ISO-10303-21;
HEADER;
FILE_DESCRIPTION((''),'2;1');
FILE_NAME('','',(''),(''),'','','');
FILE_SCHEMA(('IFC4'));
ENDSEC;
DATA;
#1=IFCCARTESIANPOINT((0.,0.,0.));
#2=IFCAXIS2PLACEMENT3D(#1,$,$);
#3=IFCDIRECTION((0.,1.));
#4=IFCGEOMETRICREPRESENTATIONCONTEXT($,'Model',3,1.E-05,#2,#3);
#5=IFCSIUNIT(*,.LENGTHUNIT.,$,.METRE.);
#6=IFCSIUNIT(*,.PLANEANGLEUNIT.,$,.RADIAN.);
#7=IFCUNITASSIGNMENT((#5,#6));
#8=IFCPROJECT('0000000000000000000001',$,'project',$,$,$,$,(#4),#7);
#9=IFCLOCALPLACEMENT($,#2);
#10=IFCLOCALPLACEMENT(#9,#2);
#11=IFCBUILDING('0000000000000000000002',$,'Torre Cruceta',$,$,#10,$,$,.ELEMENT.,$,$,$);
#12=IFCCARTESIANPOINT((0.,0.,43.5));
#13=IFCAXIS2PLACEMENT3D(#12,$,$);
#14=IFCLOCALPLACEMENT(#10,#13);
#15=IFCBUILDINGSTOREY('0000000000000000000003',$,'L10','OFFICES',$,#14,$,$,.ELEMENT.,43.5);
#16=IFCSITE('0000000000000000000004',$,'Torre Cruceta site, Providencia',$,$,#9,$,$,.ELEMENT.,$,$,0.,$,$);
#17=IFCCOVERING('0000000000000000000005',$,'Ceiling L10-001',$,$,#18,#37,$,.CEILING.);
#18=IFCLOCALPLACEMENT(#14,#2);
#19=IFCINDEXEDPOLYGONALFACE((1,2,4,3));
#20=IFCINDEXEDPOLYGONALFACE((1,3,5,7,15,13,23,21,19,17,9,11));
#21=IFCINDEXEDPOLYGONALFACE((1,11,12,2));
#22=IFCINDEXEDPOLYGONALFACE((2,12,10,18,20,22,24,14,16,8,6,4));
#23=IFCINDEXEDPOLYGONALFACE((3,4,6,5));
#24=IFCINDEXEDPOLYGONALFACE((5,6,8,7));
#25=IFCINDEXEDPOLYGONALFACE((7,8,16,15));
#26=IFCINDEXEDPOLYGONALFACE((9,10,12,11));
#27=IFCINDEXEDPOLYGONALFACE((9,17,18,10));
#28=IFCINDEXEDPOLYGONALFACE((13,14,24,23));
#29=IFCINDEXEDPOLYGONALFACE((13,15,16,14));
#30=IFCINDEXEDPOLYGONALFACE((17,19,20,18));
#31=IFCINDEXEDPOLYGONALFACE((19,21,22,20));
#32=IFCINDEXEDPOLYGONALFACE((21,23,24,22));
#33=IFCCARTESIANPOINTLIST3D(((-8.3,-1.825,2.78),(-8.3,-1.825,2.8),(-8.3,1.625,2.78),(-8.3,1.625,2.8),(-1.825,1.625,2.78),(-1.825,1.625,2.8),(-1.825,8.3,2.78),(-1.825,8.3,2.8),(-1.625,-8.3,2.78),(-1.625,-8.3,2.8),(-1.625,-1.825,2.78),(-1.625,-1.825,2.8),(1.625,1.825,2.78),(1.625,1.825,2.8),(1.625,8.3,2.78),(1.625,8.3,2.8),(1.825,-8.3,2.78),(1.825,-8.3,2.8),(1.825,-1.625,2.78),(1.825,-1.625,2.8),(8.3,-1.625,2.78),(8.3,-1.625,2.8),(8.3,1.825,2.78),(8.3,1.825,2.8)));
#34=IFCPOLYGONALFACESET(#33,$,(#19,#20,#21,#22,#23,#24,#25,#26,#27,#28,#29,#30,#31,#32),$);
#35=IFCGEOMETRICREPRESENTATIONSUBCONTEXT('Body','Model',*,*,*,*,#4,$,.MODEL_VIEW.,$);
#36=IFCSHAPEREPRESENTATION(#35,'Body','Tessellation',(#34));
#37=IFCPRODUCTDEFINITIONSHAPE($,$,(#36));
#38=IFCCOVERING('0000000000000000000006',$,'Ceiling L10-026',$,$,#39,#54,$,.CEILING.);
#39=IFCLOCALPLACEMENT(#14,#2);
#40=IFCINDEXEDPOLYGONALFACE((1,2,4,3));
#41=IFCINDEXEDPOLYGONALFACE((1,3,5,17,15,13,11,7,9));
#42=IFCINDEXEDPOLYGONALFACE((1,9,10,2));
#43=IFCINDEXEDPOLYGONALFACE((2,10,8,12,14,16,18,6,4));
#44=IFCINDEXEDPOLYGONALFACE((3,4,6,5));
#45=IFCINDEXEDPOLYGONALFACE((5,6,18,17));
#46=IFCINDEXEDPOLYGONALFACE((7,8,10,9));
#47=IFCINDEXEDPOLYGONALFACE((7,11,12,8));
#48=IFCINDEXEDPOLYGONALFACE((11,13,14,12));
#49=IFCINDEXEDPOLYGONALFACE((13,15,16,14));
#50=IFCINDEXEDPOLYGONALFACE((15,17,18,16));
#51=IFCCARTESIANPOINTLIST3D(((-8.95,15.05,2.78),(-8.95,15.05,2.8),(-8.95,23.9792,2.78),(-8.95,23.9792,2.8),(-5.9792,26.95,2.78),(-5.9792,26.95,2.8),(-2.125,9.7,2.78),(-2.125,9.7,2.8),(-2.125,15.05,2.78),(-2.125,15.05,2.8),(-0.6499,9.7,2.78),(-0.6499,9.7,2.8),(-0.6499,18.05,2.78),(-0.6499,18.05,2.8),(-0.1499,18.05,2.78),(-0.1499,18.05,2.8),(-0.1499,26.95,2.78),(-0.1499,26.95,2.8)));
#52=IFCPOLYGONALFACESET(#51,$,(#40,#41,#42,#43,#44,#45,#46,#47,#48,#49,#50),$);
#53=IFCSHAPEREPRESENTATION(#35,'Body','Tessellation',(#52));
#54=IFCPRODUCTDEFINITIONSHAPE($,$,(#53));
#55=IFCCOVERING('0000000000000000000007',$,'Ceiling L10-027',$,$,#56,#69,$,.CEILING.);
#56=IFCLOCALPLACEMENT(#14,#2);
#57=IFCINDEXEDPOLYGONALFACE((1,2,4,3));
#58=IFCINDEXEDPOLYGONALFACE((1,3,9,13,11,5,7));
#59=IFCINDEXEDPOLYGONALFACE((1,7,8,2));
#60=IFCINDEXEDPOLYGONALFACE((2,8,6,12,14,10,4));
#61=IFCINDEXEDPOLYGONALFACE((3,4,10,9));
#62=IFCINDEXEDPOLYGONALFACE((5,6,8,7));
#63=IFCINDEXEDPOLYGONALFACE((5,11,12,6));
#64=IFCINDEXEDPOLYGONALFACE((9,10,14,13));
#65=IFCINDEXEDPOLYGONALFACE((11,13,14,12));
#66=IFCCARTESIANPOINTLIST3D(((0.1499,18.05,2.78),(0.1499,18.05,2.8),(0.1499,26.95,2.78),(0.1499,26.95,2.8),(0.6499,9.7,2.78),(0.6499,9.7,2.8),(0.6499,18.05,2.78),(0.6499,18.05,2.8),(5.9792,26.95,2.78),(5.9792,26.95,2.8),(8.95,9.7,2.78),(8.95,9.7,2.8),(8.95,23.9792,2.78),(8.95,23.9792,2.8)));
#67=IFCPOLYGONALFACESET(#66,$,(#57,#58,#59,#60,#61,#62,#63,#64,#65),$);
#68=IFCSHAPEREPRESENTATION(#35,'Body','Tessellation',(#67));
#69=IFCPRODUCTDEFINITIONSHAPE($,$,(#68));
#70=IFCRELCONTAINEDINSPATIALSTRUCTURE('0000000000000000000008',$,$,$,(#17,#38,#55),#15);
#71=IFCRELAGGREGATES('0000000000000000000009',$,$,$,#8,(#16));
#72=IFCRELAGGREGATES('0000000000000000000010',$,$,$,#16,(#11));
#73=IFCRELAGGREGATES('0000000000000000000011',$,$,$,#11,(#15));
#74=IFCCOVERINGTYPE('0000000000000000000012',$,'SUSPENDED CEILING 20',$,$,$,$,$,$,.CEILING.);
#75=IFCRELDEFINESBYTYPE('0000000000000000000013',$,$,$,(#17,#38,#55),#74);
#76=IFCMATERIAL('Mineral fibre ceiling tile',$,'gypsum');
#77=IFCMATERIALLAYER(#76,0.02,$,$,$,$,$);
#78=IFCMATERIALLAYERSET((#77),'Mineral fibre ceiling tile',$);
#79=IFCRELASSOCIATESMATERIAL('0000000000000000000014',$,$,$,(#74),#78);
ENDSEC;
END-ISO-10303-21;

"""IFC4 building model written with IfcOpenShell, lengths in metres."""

from ifc_helpers import new_model, si_unit, direction, frame, origin, place, context, subcontext, project, spatial, polyline, outline, extrude, material, layer, layer_set, type_object, element, save


model = new_model("IFC4")

# Units and contexts
model_context = context("Model", 3, precision=1e-05, world=origin(), true_north=direction((0.0, 1.0)))
body_context = subcontext(model_context, "Body", "Model", "MODEL_VIEW")
ifc_project = project(units=[si_unit("LENGTHUNIT", "METRE"), si_unit("PLANEANGLEUNIT", "RADIAN")], contexts=[model_context])

# Site, building, storey
site_placement = place(None, origin())
site = spatial("IfcSite", under=ifc_project, at=site_placement, Name="Torre Cruceta site, Providencia", CompositionType="ELEMENT", RefElevation=0.0)
building_placement = place(site_placement, origin())
building = spatial("IfcBuilding", under=site, at=building_placement, Name="Torre Cruceta", CompositionType="ELEMENT")
storey_placement = place(building_placement, frame((0.0, 0.0, 43.5)))
storey = spatial("IfcBuildingStorey", under=building, at=storey_placement, Name="L10", Description="OFFICES", CompositionType="ELEMENT", Elevation=43.5)

# Coverings
ifc_material_1 = material(Name="Mineral fibre ceiling tile", Category="gypsum")
ifc_layer_1 = layer(ifc_material_1, 0.02)
ifc_layer_set_1 = layer_set([ifc_layer_1], Name="Mineral fibre ceiling tile")
covering_type_1 = type_object("IfcCoveringType", Name="SUSPENDED CEILING 20", PredefinedType="CEILING", material=ifc_layer_set_1)
covering_1_placement = place(storey_placement, frame((0.0, 0.0, 2.78)))
element("IfcCovering", 1, at=covering_1_placement, inside=storey, type_object=covering_type_1, Name="Ceiling L10-001", PredefinedType="CEILING", context=body_context, shape_type="SweptSolid", body=[
    extrude(outline(polyline([(-1.625, -8.3), (-1.625, -1.825), (-8.3, -1.825), (-8.3, 1.625), (-1.825, 1.625), (-1.825, 8.3), (1.625, 8.3), (1.625, 1.825), (8.3, 1.825), (8.3, -1.625), (1.825, -1.625), (1.825, -8.3), (-1.625, -8.3)])), origin(), (0.0, 0.0, 1.0), 0.02),
])
covering_2_placement = place(storey_placement, frame((0.0, 0.0, 2.78)))
element("IfcCovering", 2, at=covering_2_placement, inside=storey, type_object=covering_type_1, Name="Ceiling L10-026", PredefinedType="CEILING", context=body_context, shape_type="SweptSolid", body=[
    extrude(outline(polyline([(-5.9792, 26.95), (-0.1499, 26.95), (-0.1499, 18.05), (-0.6499, 18.05), (-0.6499, 9.7), (-2.125, 9.7), (-2.125, 15.05), (-8.95, 15.05), (-8.95, 23.9792), (-5.9792, 26.95)])), origin(), (0.0, 0.0, 1.0), 0.02),
])
covering_3_placement = place(storey_placement, frame((0.0, 0.0, 2.78)))
element("IfcCovering", 3, at=covering_3_placement, inside=storey, type_object=covering_type_1, Name="Ceiling L10-027", PredefinedType="CEILING", context=body_context, shape_type="SweptSolid", body=[
    extrude(outline(polyline([(5.9792, 26.95), (8.95, 23.9792), (8.95, 9.7), (0.6499, 9.7), (0.6499, 18.05), (0.1499, 18.05), (0.1499, 26.95), (5.9792, 26.95)])), origin(), (0.0, 0.0, 1.0), 0.02),
])

save(model, "model.ifc")
